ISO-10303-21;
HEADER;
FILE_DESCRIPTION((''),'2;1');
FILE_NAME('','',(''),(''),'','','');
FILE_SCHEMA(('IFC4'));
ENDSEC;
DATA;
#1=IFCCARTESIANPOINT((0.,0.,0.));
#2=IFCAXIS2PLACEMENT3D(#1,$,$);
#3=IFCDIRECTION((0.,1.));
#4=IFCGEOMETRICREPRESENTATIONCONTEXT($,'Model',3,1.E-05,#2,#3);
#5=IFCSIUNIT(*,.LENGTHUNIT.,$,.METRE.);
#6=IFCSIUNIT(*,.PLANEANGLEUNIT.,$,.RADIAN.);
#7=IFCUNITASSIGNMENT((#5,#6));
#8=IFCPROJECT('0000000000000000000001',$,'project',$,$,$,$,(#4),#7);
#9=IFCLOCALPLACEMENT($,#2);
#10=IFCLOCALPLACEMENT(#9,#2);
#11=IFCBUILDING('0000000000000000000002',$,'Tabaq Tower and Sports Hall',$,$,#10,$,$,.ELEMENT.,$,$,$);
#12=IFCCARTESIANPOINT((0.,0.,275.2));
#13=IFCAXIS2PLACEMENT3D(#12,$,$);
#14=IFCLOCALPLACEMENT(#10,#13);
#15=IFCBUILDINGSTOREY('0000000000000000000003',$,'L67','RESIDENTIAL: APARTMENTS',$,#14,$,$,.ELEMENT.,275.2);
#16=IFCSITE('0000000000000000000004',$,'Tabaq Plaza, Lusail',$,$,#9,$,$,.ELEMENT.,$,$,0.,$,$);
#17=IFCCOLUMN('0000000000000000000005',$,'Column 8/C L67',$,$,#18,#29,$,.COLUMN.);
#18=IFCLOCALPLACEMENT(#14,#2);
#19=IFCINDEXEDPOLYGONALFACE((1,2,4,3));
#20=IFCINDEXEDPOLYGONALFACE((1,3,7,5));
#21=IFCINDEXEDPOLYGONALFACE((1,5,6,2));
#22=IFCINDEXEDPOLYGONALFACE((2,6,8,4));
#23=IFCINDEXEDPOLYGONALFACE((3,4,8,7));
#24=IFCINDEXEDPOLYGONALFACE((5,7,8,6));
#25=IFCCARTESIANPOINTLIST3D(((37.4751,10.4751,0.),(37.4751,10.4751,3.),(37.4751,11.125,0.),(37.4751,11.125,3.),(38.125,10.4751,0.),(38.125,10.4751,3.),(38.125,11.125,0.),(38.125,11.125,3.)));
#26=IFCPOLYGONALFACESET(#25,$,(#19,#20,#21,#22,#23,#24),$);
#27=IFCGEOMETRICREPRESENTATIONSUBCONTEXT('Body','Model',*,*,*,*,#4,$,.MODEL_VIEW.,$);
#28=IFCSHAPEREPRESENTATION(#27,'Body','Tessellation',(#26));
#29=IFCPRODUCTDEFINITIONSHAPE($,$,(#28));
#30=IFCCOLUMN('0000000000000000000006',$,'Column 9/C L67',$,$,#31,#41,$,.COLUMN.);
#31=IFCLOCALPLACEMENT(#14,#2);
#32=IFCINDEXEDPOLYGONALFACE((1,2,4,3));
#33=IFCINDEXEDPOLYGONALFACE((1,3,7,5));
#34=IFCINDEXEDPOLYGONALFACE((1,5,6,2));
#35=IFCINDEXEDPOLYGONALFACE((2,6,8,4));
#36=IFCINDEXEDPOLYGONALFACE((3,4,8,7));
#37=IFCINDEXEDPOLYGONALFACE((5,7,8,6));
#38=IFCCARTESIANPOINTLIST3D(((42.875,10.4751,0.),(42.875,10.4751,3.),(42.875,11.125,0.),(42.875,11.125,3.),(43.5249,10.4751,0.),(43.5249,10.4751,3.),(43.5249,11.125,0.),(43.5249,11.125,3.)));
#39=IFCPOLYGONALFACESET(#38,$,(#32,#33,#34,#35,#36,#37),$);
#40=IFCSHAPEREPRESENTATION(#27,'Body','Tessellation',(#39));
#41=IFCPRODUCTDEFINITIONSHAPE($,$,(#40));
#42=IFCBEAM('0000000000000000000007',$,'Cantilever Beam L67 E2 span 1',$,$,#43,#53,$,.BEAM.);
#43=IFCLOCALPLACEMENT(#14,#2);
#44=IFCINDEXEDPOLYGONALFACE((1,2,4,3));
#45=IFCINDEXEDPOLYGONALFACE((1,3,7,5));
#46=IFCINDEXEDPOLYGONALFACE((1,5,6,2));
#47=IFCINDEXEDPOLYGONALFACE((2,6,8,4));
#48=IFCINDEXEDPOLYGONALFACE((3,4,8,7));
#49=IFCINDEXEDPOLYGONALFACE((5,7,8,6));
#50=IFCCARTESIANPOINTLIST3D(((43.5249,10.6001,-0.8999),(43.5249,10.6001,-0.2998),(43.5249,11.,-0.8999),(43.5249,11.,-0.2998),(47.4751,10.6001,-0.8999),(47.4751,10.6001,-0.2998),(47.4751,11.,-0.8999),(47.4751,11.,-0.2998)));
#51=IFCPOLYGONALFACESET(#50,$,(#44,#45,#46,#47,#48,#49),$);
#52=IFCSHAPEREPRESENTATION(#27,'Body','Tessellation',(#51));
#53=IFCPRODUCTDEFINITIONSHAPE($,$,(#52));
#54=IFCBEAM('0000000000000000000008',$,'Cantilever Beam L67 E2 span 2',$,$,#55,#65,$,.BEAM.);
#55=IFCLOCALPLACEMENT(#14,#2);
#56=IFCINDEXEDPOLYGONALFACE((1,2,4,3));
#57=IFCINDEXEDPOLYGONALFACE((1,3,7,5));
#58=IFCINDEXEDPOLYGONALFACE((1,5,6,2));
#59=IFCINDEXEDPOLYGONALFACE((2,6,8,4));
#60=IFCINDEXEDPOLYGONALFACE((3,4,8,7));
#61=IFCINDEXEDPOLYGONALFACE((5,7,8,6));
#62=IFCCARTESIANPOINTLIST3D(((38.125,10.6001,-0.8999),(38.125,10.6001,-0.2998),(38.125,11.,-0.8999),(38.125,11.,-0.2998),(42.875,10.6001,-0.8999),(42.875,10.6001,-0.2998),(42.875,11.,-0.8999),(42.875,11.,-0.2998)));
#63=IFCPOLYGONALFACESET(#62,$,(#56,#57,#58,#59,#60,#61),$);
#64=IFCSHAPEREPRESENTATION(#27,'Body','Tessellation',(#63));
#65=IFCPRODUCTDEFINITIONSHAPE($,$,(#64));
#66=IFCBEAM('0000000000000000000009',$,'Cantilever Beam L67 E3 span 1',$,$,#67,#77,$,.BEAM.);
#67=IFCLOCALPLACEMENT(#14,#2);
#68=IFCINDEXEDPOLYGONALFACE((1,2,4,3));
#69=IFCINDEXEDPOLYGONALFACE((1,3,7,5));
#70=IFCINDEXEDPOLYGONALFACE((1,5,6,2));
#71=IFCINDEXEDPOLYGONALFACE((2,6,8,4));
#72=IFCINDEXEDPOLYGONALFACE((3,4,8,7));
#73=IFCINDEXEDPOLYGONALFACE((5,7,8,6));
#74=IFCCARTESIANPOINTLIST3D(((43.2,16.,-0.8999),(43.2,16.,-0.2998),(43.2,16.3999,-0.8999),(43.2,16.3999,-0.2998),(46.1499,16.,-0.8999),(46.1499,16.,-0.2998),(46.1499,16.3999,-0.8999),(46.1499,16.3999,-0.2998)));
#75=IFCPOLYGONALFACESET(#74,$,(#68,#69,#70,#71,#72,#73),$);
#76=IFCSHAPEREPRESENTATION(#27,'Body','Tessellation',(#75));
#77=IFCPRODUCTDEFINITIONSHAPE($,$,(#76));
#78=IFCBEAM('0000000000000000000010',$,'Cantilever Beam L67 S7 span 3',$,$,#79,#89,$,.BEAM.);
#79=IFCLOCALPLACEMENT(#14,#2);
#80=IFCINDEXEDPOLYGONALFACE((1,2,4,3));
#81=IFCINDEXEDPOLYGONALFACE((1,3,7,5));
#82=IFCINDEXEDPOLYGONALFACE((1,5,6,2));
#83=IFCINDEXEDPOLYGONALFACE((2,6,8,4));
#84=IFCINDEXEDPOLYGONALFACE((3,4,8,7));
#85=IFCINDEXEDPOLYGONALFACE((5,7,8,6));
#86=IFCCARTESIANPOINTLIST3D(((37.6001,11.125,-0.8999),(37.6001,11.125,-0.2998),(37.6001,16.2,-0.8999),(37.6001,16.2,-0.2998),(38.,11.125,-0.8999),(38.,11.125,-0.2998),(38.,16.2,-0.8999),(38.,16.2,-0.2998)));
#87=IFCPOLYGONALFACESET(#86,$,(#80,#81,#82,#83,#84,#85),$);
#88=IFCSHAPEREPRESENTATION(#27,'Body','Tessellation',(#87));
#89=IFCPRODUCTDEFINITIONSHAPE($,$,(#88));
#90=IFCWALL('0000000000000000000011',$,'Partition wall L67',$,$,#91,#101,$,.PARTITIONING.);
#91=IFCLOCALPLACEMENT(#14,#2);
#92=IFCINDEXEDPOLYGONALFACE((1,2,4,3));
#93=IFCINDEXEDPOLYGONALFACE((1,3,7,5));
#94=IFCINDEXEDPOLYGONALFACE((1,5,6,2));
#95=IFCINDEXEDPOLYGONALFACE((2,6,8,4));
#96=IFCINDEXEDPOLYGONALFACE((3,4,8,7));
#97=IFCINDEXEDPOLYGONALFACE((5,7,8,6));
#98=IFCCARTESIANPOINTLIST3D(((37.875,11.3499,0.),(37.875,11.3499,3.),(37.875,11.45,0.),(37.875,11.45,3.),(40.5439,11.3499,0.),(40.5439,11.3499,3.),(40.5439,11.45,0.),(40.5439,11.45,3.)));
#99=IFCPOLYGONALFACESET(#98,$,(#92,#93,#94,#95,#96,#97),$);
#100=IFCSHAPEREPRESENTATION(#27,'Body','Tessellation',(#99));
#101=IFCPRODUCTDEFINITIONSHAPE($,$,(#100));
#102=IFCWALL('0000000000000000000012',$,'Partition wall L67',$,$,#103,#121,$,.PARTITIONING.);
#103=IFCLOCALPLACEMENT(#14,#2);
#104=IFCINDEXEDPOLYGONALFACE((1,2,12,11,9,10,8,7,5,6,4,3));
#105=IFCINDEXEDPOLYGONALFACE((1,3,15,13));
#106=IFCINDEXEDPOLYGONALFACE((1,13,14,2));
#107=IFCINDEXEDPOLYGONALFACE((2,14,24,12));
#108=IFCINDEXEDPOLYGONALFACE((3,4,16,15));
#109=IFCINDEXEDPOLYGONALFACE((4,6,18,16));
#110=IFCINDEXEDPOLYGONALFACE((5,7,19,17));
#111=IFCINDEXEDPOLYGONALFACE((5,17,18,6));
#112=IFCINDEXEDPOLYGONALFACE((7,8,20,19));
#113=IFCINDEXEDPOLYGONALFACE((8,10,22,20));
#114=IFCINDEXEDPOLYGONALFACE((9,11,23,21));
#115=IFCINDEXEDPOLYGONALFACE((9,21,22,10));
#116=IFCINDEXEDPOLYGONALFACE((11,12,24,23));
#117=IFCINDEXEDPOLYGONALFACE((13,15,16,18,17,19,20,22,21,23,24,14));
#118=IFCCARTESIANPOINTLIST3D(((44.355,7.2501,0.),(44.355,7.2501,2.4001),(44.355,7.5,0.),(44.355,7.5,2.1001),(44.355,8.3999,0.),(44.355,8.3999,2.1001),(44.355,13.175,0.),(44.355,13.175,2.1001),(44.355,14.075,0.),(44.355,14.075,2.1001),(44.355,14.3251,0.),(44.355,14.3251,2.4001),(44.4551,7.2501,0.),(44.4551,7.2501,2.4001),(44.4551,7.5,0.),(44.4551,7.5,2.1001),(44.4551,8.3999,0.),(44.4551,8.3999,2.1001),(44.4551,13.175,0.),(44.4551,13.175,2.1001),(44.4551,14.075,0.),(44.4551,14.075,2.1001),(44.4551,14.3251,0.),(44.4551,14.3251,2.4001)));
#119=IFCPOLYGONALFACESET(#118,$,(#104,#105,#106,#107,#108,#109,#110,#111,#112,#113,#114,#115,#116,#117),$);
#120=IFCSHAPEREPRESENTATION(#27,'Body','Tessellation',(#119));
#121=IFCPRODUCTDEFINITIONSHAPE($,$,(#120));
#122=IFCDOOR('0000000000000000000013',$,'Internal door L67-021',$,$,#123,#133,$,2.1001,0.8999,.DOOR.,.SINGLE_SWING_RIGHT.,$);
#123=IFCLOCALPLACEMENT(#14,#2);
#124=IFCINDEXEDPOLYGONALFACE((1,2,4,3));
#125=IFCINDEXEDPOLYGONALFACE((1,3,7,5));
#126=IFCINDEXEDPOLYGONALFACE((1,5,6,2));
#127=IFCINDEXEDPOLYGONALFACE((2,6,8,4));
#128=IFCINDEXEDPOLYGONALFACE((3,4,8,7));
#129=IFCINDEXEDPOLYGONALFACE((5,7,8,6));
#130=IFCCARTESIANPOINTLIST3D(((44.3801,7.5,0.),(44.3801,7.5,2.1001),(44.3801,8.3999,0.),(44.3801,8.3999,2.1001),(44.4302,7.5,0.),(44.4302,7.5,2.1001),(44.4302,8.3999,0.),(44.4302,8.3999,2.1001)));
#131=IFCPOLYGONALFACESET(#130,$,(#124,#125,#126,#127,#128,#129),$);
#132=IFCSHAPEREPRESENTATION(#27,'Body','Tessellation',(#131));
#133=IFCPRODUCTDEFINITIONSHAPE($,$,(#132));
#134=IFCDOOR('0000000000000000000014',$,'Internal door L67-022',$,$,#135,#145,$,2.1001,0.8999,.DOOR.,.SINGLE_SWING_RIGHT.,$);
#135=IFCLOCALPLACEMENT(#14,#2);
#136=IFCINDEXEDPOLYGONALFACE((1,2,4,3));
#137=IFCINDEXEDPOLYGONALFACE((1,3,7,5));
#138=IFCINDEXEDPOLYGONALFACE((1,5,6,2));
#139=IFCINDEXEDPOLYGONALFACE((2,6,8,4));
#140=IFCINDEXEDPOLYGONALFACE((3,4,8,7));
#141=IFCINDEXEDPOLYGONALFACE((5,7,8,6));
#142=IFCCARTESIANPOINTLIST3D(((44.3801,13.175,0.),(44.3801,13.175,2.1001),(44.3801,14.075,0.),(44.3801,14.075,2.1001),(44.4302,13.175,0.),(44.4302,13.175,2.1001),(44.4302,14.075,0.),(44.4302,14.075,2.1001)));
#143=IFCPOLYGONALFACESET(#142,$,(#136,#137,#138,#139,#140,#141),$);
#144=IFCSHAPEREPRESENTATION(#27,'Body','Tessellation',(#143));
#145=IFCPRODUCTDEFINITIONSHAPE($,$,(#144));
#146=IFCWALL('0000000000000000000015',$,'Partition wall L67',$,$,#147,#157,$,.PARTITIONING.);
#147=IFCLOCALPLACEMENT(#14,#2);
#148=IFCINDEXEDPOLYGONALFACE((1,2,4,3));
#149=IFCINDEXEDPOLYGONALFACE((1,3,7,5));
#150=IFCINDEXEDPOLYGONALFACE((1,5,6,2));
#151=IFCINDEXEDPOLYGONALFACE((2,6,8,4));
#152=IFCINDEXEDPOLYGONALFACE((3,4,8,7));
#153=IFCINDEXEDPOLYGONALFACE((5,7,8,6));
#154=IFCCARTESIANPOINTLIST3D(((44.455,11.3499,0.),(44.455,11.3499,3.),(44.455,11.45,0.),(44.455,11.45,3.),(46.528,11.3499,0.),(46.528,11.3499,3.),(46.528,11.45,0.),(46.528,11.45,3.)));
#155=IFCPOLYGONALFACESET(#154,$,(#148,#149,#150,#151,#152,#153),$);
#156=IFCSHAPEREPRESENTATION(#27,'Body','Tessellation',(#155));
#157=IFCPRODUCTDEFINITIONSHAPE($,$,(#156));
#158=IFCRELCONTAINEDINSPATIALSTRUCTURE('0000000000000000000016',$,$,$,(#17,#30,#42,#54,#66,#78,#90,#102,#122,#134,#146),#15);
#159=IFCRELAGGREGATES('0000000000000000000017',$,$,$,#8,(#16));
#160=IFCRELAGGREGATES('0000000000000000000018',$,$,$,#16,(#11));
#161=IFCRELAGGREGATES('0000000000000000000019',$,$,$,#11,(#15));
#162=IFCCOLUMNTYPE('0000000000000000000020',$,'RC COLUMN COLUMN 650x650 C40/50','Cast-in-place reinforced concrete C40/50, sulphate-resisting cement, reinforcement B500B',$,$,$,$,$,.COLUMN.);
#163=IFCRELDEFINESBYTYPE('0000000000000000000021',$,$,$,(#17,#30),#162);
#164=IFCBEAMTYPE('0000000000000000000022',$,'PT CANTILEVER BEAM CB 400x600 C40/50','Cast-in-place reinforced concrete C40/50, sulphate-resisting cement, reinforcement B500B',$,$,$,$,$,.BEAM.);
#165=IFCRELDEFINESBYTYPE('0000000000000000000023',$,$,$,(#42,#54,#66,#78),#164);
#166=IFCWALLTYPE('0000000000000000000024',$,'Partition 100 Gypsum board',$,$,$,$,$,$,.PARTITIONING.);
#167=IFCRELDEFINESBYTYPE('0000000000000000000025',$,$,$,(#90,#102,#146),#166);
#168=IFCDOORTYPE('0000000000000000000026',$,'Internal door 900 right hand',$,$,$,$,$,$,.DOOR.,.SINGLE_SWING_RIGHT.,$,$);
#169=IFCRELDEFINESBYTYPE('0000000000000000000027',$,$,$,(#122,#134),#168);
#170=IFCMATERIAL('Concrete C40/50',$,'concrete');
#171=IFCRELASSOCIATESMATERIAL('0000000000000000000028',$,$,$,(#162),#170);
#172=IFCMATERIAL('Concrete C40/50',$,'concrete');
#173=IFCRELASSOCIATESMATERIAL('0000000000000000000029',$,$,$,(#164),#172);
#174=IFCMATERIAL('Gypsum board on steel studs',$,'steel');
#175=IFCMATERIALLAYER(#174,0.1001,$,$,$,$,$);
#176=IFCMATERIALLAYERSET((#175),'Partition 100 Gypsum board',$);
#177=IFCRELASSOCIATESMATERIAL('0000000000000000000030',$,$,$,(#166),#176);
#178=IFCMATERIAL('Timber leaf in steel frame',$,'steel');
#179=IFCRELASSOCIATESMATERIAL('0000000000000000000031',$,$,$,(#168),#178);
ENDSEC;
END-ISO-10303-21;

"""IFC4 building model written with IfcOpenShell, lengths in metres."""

from ifc_helpers import new_model, si_unit, direction, frame, frame_2d, origin, origin_2d, place, context, subcontext, project, spatial, rectangle, extrude, material, layer, layer_set, material_profile, profile_set, type_object, element, fill, save


model = new_model("IFC4")

# Units and contexts
model_context = context("Model", 3, precision=1e-05, world=origin(), true_north=direction((0.0, 1.0)))
body_context = subcontext(model_context, "Body", "Model", "MODEL_VIEW")
ifc_project = project(units=[si_unit("LENGTHUNIT", "METRE"), si_unit("PLANEANGLEUNIT", "RADIAN")], contexts=[model_context])

# Site, building, storey
site_placement = place(None, origin())
site = spatial("IfcSite", under=ifc_project, at=site_placement, Name="Tabaq Plaza, Lusail", CompositionType="ELEMENT", RefElevation=0.0)
building_placement = place(site_placement, origin())
building = spatial("IfcBuilding", under=site, at=building_placement, Name="Tabaq Tower and Sports Hall", CompositionType="ELEMENT")
storey_placement = place(building_placement, frame((0.0, 0.0, 275.2)))
storey = spatial("IfcBuildingStorey", under=building, at=storey_placement, Name="L67", Description="RESIDENTIAL: APARTMENTS", CompositionType="ELEMENT", Elevation=275.2)

# Columns
ifc_material_1 = material(Name="Concrete C40/50", Category="concrete")
ifc_material_profile_1 = material_profile(ifc_material_1, rectangle(XDim=0.6499, YDim=0.6499, at=origin_2d()), Name="COLUMN 650x650")
ifc_profile_set_1 = profile_set([ifc_material_profile_1], Name="Concrete C40/50")
column_type = type_object("IfcColumnType", Name="RC COLUMN COLUMN 650x650 C40/50", Description="Cast-in-place reinforced concrete C40/50, sulphate-resisting cement, reinforcement B500B", PredefinedType="COLUMN", material=ifc_profile_set_1)
for number, where, z_axis, x_axis, name in (
    (1, (37.8, 10.8, 0.0), (0.0, 0.0, 1.0), (1.0, 0.0, 0.0), "Column 8/C L67"),
    (2, (43.2, 10.8, 0.0), (0.0, 0.0, 1.0), (1.0, 0.0, 0.0), "Column 9/C L67"),
):
    element("IfcColumn", number, at=place(storey_placement, frame(where, z_axis=z_axis, x_axis=x_axis)), inside=storey, type_object=column_type, Name=name, PredefinedType="COLUMN", context=body_context, shape_type="SweptSolid", body=[
        extrude(rectangle(XDim=0.6499, YDim=0.6499, at=origin_2d()), origin(), (0.0, 0.0, 1.0), 3.0),
    ])

# Beams
ifc_material_2 = material(Name="Concrete C40/50", Category="concrete")
ifc_material_profile_2 = material_profile(ifc_material_2, rectangle(XDim=0.3999, YDim=0.6001, at=origin_2d()), Name="CB 400x600")
ifc_profile_set_2 = profile_set([ifc_material_profile_2], Name="Concrete C40/50")
beam_type = type_object("IfcBeamType", Name="PT CANTILEVER BEAM CB 400x600 C40/50", Description="Cast-in-place reinforced concrete C40/50, sulphate-resisting cement, reinforcement B500B", PredefinedType="BEAM", material=ifc_profile_set_2)
beam_1_placement = place(storey_placement, frame((47.4751, 10.8, -0.5999), z_axis=(-1.0, 0.0, 0.0), x_axis=(0.0, -1.0, 0.0)))
element("IfcBeam", 3, at=beam_1_placement, inside=storey, type_object=beam_type, Name="Cantilever Beam L67 E2 span 1", PredefinedType="BEAM", context=body_context, shape_type="SweptSolid", body=[
    extrude(rectangle(XDim=0.3999, YDim=0.6001, at=origin_2d()), origin(), (0.0, 0.0, 1.0), 3.9502),
])
beam_2_placement = place(storey_placement, frame((42.875, 10.8, -0.5999), z_axis=(-1.0, 0.0, 0.0), x_axis=(0.0, -1.0, 0.0)))
element("IfcBeam", 4, at=beam_2_placement, inside=storey, type_object=beam_type, Name="Cantilever Beam L67 E2 span 2", PredefinedType="BEAM", context=body_context, shape_type="SweptSolid", body=[
    extrude(rectangle(XDim=0.3999, YDim=0.6001, at=origin_2d()), origin(), (0.0, 0.0, 1.0), 4.75),
])
beam_3_placement = place(storey_placement, frame((46.1499, 16.2, -0.5999), z_axis=(-1.0, 0.0, 0.0), x_axis=(0.0, -1.0, 0.0)))
element("IfcBeam", 5, at=beam_3_placement, inside=storey, type_object=beam_type, Name="Cantilever Beam L67 E3 span 1", PredefinedType="BEAM", context=body_context, shape_type="SweptSolid", body=[
    extrude(rectangle(XDim=0.3999, YDim=0.6001, at=origin_2d()), origin(), (0.0, 0.0, 1.0), 2.95),
])
beam_4_placement = place(storey_placement, frame((37.8, 11.125, -0.5999), z_axis=(0.0, 1.0, 0.0), x_axis=(-1.0, 0.0, 0.0)))
element("IfcBeam", 6, at=beam_4_placement, inside=storey, type_object=beam_type, Name="Cantilever Beam L67 S7 span 3", PredefinedType="BEAM", context=body_context, shape_type="SweptSolid", body=[
    extrude(rectangle(XDim=0.3999, YDim=0.6001, at=origin_2d()), origin(), (0.0, 0.0, 1.0), 5.075),
])

# Wall
ifc_material_3 = material(Name="Gypsum board on steel studs", Category="steel")
ifc_layer_1 = layer(ifc_material_3, 0.1001)
ifc_layer_set_1 = layer_set([ifc_layer_1], Name="Partition 100 Gypsum board")
wall_type_1 = type_object("IfcWallType", Name="Partition 100 Gypsum board", PredefinedType="PARTITIONING", material=ifc_layer_set_1)
wall_1_placement = place(storey_placement, frame((40.5439, 11.3999, 0.0), z_axis=(0.0, 0.0, 1.0), x_axis=(-1.0, 0.0, 0.0)))
element("IfcWall", 7, at=wall_1_placement, inside=storey, type_object=wall_type_1, Name="Partition wall L67", PredefinedType="PARTITIONING", context=body_context, shape_type="SweptSolid", body=[
    extrude(rectangle(XDim=2.6689, YDim=0.1001, at=frame_2d((1.3345, 0.0))), origin(), (0.0, 0.0, 1.0), 3.0),
])

# Wall, openings, doors
wall_2_placement = place(storey_placement, frame((44.405, 7.25, 0.0), z_axis=(0.0, 0.0, 1.0), x_axis=(0.0, 1.0, 0.0)))
wall_2 = element("IfcWall", 8, at=wall_2_placement, inside=storey, type_object=wall_type_1, Name="Partition wall L67", PredefinedType="PARTITIONING", context=body_context, shape_type="SweptSolid", body=[
    extrude(rectangle(XDim=7.075, YDim=0.1001, at=frame_2d((3.5376, 0.0))), origin(), (0.0, 0.0, 1.0), 2.4001),
])
opening_1_placement = place(wall_2_placement, frame((0.25, 0.0, 0.0)))
opening_1 = element("IfcOpeningElement", 9, at=opening_1_placement, cuts=wall_2, PredefinedType="OPENING", context=body_context, shape_type="SweptSolid", body=[
    extrude(rectangle(XDim=0.8999, YDim=2.1001, at=frame_2d((0.45, 1.05))), frame((0.0, 0.05, 0.0), z_axis=(0.0, -1.0, 0.0), x_axis=(1.0, 0.0, 0.0)), (0.0, 0.0, 1.0), 0.1001),
])
opening_2_placement = place(wall_2_placement, frame((5.925, 0.0, 0.0)))
opening_2 = element("IfcOpeningElement", 10, at=opening_2_placement, cuts=wall_2, PredefinedType="OPENING", context=body_context, shape_type="SweptSolid", body=[
    extrude(rectangle(XDim=0.8999, YDim=2.1001, at=frame_2d((0.45, 1.05))), frame((0.0, 0.05, 0.0), z_axis=(0.0, -1.0, 0.0), x_axis=(1.0, 0.0, 0.0)), (0.0, 0.0, 1.0), 0.1001),
])
ifc_material_4 = material(Name="Timber leaf in steel frame", Category="steel")
door_type_1 = type_object("IfcDoorType", Name="Internal door 900 right hand", OperationType="SINGLE_SWING_RIGHT", PredefinedType="DOOR", material=ifc_material_4)
door_1_placement = place(opening_1_placement, origin())
door_1 = element("IfcDoor", 11, at=door_1_placement, inside=storey, type_object=door_type_1, Name="Internal door L67-021", OperationType="SINGLE_SWING_RIGHT", OverallHeight=2.1001, OverallWidth=0.8999, PredefinedType="DOOR", context=body_context, shape_type="SweptSolid", body=[
    extrude(rectangle(XDim=0.8999, YDim=2.1001, at=frame_2d((0.45, 1.05))), frame((0.0, 0.0249, 0.0), z_axis=(0.0, -1.0, 0.0), x_axis=(1.0, 0.0, 0.0)), (0.0, 0.0, 1.0), 0.05),
])
fill(opening_1, door_1)
door_2_placement = place(opening_2_placement, origin())
door_2 = element("IfcDoor", 12, at=door_2_placement, inside=storey, type_object=door_type_1, Name="Internal door L67-022", OperationType="SINGLE_SWING_RIGHT", OverallHeight=2.1001, OverallWidth=0.8999, PredefinedType="DOOR", context=body_context, shape_type="SweptSolid", body=[
    extrude(rectangle(XDim=0.8999, YDim=2.1001, at=frame_2d((0.45, 1.05))), frame((0.0, 0.0249, 0.0), z_axis=(0.0, -1.0, 0.0), x_axis=(1.0, 0.0, 0.0)), (0.0, 0.0, 1.0), 0.05),
])
fill(opening_2, door_2)

# Wall
wall_3_placement = place(storey_placement, frame((46.5281, 11.3999, 0.0), z_axis=(0.0, 0.0, 1.0), x_axis=(-1.0, 0.0, 0.0)))
element("IfcWall", 13, at=wall_3_placement, inside=storey, type_object=wall_type_1, Name="Partition wall L67", PredefinedType="PARTITIONING", context=body_context, shape_type="SweptSolid", body=[
    extrude(rectangle(XDim=2.073, YDim=0.1001, at=frame_2d((1.0366, 0.0))), origin(), (0.0, 0.0, 1.0), 3.0),
])

save(model, "model.ifc")
